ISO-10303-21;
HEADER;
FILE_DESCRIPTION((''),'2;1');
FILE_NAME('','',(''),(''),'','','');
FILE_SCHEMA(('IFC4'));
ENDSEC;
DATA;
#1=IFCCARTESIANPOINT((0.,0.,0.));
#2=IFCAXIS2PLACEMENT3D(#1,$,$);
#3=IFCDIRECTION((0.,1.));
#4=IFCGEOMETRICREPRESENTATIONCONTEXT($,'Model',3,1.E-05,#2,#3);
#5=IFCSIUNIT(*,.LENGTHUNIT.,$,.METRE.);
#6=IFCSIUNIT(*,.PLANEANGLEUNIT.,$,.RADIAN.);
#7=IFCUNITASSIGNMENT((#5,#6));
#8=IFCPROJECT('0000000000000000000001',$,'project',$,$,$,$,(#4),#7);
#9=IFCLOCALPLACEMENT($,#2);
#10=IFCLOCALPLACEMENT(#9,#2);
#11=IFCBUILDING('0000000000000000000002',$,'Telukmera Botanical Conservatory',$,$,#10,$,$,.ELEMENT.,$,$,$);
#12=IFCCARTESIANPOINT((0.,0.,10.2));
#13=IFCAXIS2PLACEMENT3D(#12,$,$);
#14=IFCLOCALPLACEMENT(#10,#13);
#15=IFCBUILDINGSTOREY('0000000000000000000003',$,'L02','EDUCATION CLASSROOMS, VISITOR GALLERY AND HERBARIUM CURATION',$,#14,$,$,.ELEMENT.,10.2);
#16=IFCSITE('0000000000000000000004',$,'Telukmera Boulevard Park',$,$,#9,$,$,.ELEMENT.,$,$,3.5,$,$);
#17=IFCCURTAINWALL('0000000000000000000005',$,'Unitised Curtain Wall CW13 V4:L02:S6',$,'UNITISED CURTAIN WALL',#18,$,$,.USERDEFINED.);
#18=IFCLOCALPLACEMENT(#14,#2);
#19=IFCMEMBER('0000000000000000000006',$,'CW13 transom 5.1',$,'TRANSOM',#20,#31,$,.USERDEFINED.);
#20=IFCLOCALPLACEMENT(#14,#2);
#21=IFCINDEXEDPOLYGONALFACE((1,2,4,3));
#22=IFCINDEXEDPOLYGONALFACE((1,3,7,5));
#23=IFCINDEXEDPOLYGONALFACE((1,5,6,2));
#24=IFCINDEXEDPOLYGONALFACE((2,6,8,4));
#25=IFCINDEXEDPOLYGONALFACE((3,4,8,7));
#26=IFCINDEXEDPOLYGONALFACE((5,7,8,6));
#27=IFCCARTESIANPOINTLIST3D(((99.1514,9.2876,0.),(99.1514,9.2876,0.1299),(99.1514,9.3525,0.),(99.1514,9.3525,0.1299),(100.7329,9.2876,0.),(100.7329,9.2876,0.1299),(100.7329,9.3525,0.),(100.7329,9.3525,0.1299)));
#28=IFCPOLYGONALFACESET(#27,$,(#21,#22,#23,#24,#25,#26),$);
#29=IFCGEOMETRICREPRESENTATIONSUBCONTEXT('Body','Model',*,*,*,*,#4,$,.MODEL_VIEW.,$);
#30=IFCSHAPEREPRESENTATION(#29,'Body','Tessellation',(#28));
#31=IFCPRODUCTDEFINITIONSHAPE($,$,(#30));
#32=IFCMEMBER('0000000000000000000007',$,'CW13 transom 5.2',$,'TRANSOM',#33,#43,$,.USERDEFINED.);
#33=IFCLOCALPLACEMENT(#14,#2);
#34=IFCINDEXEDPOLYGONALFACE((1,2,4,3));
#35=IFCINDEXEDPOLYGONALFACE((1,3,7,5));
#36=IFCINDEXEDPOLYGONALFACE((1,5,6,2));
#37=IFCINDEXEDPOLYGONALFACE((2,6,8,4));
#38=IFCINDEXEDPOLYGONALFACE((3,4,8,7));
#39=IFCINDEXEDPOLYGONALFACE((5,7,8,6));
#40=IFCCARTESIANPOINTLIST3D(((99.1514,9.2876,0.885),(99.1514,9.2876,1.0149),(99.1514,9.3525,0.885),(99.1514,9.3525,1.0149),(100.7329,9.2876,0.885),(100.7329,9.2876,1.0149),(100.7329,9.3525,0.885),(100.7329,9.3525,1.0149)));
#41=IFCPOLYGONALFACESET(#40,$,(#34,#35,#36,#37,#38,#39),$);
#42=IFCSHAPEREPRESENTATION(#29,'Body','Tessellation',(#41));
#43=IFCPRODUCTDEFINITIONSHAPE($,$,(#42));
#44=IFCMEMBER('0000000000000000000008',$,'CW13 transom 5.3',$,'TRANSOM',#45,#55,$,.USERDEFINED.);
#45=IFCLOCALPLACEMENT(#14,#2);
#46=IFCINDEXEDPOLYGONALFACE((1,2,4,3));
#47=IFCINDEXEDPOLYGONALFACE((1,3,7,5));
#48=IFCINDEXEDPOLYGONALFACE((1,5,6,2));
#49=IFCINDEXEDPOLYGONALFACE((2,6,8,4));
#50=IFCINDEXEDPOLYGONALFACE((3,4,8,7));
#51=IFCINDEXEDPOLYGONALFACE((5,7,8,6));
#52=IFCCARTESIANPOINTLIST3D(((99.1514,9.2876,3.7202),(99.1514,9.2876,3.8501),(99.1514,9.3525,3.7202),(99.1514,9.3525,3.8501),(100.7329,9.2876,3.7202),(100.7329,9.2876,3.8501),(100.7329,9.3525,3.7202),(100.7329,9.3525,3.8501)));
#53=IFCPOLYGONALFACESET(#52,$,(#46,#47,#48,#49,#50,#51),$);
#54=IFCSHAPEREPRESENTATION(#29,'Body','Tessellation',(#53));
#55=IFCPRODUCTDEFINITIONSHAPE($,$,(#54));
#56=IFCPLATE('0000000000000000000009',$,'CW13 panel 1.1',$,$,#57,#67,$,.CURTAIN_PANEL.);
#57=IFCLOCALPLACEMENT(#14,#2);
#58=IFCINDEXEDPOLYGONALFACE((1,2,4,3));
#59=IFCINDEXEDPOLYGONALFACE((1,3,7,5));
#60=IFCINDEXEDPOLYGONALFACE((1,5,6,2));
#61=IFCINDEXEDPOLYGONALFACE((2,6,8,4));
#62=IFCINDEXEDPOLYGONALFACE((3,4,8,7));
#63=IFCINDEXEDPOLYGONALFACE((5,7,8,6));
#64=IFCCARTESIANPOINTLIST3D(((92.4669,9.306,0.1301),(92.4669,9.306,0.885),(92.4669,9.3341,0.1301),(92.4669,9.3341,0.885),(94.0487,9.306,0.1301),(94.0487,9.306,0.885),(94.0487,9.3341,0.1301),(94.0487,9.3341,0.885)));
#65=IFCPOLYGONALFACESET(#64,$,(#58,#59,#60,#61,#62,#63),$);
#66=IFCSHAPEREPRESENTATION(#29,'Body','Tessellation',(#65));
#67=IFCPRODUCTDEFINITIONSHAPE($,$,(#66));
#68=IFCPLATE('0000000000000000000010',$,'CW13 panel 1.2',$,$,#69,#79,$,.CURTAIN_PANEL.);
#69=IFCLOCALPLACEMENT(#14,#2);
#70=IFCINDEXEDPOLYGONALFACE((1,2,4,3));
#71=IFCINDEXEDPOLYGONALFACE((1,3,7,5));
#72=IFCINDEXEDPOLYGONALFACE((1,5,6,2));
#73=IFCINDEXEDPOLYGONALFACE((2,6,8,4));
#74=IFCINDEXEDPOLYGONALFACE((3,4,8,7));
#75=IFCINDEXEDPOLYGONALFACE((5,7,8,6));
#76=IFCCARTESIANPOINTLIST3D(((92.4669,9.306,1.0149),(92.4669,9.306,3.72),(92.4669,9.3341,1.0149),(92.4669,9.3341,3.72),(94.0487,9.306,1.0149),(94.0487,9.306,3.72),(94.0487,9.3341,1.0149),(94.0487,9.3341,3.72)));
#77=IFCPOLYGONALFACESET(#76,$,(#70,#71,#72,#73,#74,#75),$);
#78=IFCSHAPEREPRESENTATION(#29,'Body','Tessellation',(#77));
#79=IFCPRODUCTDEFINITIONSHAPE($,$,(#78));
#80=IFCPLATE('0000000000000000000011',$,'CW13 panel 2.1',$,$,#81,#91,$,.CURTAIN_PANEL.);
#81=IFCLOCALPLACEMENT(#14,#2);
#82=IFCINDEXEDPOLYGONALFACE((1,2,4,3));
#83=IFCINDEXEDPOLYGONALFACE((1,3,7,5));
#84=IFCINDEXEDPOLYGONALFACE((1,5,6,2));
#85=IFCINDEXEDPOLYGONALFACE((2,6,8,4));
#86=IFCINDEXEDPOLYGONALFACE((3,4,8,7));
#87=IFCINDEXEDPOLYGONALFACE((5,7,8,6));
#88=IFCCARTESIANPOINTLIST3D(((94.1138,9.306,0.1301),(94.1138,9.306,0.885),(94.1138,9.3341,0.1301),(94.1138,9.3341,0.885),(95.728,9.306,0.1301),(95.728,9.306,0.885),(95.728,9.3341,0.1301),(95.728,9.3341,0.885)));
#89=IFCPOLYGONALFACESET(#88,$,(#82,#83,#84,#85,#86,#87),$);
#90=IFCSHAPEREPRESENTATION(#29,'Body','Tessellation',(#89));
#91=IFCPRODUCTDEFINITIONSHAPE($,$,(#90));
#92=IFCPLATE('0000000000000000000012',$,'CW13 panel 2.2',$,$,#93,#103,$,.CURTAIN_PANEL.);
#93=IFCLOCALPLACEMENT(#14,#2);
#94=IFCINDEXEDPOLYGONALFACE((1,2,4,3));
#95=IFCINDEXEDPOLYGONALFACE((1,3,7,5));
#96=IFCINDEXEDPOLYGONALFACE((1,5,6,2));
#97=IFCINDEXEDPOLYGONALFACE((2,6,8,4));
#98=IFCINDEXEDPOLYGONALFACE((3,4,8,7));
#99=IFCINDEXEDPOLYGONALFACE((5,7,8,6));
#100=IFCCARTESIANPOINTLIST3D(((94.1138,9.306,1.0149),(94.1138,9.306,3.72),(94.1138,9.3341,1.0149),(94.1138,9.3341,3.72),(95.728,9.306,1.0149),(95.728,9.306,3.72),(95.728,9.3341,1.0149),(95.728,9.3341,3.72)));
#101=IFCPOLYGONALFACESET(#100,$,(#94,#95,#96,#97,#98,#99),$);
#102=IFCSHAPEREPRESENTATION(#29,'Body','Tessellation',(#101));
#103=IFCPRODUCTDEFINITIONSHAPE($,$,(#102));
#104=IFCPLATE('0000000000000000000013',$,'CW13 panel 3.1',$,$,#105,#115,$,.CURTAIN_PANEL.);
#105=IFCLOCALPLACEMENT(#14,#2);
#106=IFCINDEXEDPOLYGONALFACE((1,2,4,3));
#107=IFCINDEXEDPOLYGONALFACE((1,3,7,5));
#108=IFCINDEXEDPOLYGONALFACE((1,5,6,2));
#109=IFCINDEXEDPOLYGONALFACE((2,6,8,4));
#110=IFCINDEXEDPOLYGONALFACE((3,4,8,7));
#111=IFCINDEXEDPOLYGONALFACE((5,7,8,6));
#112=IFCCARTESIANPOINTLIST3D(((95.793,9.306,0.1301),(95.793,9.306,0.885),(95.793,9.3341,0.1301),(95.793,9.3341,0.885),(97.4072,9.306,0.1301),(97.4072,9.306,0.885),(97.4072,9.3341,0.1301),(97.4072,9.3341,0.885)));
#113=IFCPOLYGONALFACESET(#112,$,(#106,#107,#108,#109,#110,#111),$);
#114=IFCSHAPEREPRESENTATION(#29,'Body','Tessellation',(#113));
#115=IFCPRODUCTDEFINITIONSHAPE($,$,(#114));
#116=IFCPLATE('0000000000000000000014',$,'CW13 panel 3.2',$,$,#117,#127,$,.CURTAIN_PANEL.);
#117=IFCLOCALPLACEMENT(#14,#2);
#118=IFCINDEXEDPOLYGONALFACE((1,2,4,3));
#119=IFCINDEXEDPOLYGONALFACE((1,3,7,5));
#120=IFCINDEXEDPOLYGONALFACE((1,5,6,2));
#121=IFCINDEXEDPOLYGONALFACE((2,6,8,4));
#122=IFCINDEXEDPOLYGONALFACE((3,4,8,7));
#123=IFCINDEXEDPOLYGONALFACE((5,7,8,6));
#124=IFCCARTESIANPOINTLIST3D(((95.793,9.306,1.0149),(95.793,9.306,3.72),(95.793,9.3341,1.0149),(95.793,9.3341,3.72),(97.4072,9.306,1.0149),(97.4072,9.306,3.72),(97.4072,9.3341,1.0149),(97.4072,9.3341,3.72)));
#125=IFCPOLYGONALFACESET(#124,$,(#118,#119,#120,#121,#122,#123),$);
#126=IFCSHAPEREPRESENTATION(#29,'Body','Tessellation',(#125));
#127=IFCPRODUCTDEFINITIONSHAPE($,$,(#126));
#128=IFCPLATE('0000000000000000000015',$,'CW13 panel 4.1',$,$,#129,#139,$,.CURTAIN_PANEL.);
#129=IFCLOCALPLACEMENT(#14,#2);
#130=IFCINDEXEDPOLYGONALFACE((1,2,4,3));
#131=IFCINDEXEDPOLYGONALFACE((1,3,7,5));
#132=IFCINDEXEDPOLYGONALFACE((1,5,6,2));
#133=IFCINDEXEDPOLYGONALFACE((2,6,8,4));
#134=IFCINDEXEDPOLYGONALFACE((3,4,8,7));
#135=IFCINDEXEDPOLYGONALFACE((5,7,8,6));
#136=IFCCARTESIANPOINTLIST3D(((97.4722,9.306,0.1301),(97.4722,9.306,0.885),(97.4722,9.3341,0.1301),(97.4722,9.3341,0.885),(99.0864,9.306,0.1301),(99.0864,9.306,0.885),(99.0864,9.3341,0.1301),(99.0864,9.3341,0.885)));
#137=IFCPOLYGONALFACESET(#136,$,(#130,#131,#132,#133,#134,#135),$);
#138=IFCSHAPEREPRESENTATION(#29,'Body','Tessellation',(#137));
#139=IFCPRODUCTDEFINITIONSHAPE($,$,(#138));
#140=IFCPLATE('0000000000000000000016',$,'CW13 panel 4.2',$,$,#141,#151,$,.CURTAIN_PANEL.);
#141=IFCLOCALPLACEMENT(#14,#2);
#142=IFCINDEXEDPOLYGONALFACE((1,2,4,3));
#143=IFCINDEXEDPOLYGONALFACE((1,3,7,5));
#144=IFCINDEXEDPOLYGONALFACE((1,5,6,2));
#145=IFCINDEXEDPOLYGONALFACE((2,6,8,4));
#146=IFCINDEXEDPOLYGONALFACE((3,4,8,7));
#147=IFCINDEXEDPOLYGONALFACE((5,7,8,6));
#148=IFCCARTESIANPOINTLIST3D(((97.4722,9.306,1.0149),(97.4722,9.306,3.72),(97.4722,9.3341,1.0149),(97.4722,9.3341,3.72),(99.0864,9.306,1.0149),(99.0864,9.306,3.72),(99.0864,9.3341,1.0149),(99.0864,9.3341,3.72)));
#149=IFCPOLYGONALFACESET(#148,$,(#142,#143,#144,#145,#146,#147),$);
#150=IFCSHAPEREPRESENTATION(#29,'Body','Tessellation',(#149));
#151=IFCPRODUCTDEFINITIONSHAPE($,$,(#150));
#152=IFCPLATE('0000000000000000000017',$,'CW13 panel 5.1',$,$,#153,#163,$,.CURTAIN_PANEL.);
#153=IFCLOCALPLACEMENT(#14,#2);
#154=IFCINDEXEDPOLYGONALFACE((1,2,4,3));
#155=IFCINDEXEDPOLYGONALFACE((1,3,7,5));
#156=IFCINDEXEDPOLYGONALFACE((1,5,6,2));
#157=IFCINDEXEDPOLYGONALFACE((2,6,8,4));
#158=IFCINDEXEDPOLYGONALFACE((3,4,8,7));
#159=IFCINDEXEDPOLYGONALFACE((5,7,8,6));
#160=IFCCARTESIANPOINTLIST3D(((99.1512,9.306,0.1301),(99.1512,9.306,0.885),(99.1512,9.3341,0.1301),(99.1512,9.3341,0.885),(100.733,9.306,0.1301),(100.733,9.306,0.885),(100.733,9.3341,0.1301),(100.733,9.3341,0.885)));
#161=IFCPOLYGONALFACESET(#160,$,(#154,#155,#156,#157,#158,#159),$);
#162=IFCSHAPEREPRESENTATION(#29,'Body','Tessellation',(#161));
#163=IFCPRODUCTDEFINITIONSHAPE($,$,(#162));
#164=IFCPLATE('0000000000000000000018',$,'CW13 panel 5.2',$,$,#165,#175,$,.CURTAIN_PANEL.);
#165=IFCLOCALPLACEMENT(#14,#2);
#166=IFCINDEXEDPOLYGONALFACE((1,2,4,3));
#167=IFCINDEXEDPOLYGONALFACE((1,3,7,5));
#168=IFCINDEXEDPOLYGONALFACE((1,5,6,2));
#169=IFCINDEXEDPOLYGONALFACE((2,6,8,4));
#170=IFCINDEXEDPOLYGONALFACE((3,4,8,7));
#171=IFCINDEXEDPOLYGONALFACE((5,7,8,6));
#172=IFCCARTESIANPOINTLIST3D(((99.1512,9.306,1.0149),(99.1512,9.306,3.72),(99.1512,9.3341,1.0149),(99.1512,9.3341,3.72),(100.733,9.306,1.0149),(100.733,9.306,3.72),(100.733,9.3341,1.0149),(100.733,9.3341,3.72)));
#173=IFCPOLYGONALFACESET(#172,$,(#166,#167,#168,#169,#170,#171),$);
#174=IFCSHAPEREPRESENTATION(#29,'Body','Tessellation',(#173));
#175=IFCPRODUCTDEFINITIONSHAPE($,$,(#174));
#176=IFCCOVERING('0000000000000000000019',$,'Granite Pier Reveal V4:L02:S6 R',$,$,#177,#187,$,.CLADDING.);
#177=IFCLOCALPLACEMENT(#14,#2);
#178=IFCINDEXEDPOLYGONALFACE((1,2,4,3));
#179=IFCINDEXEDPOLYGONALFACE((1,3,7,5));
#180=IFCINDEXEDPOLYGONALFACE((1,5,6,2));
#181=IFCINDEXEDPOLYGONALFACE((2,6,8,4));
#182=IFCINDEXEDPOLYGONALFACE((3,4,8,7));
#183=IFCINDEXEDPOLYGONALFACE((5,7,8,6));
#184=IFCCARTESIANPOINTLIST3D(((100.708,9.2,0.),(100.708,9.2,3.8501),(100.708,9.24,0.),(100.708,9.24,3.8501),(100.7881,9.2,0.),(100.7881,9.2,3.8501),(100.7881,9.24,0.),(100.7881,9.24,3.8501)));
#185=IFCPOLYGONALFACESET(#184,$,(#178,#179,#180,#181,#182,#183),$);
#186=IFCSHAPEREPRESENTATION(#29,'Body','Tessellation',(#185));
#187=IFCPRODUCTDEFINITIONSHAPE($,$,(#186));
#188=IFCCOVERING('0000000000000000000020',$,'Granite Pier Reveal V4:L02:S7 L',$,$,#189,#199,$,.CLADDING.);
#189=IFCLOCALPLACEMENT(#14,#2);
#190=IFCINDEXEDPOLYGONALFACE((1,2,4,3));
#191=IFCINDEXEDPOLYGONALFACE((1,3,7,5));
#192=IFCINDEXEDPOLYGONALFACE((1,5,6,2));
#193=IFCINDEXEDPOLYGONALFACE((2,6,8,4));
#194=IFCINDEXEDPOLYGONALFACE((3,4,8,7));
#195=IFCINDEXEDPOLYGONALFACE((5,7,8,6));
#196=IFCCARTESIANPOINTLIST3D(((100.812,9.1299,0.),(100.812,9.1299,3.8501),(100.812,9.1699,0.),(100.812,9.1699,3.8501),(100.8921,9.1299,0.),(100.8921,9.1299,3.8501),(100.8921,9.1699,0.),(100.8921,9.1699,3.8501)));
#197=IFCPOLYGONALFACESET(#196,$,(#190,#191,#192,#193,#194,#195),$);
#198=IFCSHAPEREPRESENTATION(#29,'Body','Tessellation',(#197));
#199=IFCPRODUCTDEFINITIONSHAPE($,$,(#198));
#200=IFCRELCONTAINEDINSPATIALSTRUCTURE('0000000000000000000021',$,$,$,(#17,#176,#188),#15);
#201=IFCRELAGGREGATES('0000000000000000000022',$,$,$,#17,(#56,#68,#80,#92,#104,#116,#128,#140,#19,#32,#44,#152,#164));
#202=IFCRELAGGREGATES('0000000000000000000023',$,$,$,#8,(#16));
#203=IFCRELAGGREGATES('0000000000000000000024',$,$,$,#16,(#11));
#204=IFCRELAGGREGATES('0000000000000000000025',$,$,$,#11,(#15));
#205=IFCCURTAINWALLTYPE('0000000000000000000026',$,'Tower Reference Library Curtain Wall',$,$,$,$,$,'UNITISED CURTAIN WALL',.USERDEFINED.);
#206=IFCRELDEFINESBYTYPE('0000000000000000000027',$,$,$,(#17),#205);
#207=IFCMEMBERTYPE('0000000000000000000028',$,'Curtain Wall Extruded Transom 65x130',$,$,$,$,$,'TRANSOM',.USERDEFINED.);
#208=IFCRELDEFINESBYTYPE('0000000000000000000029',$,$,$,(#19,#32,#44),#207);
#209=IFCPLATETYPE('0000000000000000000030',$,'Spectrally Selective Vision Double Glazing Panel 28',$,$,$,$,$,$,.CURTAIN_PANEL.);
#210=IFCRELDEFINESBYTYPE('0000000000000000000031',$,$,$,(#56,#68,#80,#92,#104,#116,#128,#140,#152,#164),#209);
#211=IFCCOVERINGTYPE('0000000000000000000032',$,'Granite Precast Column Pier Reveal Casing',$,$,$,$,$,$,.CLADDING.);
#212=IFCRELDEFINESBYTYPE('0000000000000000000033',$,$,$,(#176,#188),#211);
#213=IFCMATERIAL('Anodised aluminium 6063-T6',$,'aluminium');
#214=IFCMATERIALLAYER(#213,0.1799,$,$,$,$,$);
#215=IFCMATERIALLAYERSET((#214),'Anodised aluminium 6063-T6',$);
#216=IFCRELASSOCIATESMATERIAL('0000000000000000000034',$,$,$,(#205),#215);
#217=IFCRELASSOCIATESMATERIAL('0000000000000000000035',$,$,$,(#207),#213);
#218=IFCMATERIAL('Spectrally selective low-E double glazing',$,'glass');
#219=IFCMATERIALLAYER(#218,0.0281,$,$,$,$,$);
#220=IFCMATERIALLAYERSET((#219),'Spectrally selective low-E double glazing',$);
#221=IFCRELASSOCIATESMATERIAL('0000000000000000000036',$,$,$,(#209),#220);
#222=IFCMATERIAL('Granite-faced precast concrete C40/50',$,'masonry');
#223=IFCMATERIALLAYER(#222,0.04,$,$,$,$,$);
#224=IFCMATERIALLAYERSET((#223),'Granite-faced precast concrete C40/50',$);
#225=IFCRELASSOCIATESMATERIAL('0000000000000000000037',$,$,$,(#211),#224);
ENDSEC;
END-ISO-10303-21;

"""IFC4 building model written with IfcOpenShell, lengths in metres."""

from ifc_helpers import new_model, si_unit, direction, frame, origin, origin_2d, place, context, subcontext, project, spatial, rectangle, extrude, material, layer, layer_set, material_profile, profile_set, type_object, element, aggregate, save


model = new_model("IFC4")

# Units and contexts
model_context = context("Model", 3, precision=1e-05, world=origin(), true_north=direction((0.0, 1.0)))
body_context = subcontext(model_context, "Body", "Model", "MODEL_VIEW")
ifc_project = project(units=[si_unit("LENGTHUNIT", "METRE"), si_unit("PLANEANGLEUNIT", "RADIAN")], contexts=[model_context])

# Site, building, storey
site_placement = place(None, origin())
site = spatial("IfcSite", under=ifc_project, at=site_placement, Name="Telukmera Boulevard Park", CompositionType="ELEMENT", RefElevation=3.5)
building_placement = place(site_placement, origin())
building = spatial("IfcBuilding", under=site, at=building_placement, Name="Telukmera Botanical Conservatory", CompositionType="ELEMENT")
storey_placement = place(building_placement, frame((0.0, 0.0, 10.2)))
storey = spatial("IfcBuildingStorey", under=building, at=storey_placement, Name="L02", Description="EDUCATION CLASSROOMS, VISITOR GALLERY AND HERBARIUM CURATION", CompositionType="ELEMENT", Elevation=10.2)

# Curtain wall, members, plates
ifc_material_1 = material(Name="Anodised aluminium 6063-T6", Category="aluminium")
ifc_layer_1 = layer(ifc_material_1, 0.1799)
ifc_layer_set_1 = layer_set([ifc_layer_1], Name="Anodised aluminium 6063-T6")
curtain_wall_type = type_object("IfcCurtainWallType", Name="Tower Reference Library Curtain Wall", ElementType="UNITISED CURTAIN WALL", PredefinedType="USERDEFINED", material=ifc_layer_set_1)
curtain_wall_placement = place(storey_placement, origin())
curtain_wall = element("IfcCurtainWall", 1, at=curtain_wall_placement, inside=storey, type_object=curtain_wall_type, Name="Unitised Curtain Wall CW13 V4:L02:S6", ObjectType="UNITISED CURTAIN WALL", PredefinedType="USERDEFINED")
ifc_material_profile_1 = material_profile(ifc_material_1, rectangle(XDim=0.0649, YDim=0.1299, at=origin_2d()), Name="ALU TRAN 65x130")
ifc_profile_set_1 = profile_set([ifc_material_profile_1], Name="Anodised aluminium 6063-T6")
member_type_1 = type_object("IfcMemberType", Name="Curtain Wall Extruded Transom 65x130", ElementType="TRANSOM", PredefinedType="USERDEFINED", material=ifc_profile_set_1)
member_1_placement = place(storey_placement, frame((99.1514, 9.3201, 0.0649), z_axis=(1.0, 0.0, 0.0), x_axis=(0.0, 1.0, 0.0)))
member_1 = element("IfcMember", 2, at=member_1_placement, type_object=member_type_1, Name="CW13 transom 5.1", ObjectType="TRANSOM", PredefinedType="USERDEFINED", context=body_context, shape_type="SweptSolid", body=[
    extrude(rectangle(XDim=0.0649, YDim=0.1299, at=origin_2d()), origin(), (0.0, 0.0, 1.0), 1.5815),
])
member_2_placement = place(storey_placement, frame((99.1514, 9.3201, 0.95), z_axis=(1.0, 0.0, 0.0), x_axis=(0.0, 1.0, 0.0)))
member_2 = element("IfcMember", 3, at=member_2_placement, type_object=member_type_1, Name="CW13 transom 5.2", ObjectType="TRANSOM", PredefinedType="USERDEFINED", context=body_context, shape_type="SweptSolid", body=[
    extrude(rectangle(XDim=0.0649, YDim=0.1299, at=origin_2d()), origin(), (0.0, 0.0, 1.0), 1.5815),
])
member_3_placement = place(storey_placement, frame((99.1514, 9.3201, 3.7852), z_axis=(1.0, 0.0, 0.0), x_axis=(0.0, 1.0, 0.0)))
member_3 = element("IfcMember", 4, at=member_3_placement, type_object=member_type_1, Name="CW13 transom 5.3", ObjectType="TRANSOM", PredefinedType="USERDEFINED", context=body_context, shape_type="SweptSolid", body=[
    extrude(rectangle(XDim=0.0649, YDim=0.1299, at=origin_2d()), origin(), (0.0, 0.0, 1.0), 1.5815),
])
ifc_material_2 = material(Name="Spectrally selective low-E double glazing", Category="glass")
ifc_layer_2 = layer(ifc_material_2, 0.0281)
ifc_layer_set_2 = layer_set([ifc_layer_2], Name="Spectrally selective low-E double glazing")
plate_type = type_object("IfcPlateType", Name="Spectrally Selective Vision Double Glazing Panel 28", PredefinedType="CURTAIN_PANEL", material=ifc_layer_set_2)
plate_1_placement = place(storey_placement, frame((93.2578, 9.3201, 0.1301), z_axis=(0.0, 0.0, 1.0), x_axis=(1.0, 0.0, 0.0)))
plate_1 = element("IfcPlate", 5, at=plate_1_placement, type_object=plate_type, Name="CW13 panel 1.1", PredefinedType="CURTAIN_PANEL", context=body_context, shape_type="SweptSolid", body=[
    extrude(rectangle(XDim=1.5818, YDim=0.0281, at=origin_2d()), origin(), (0.0, 0.0, 1.0), 0.7549),
])
plate_2_placement = place(storey_placement, frame((93.2578, 9.3201, 1.0149), z_axis=(0.0, 0.0, 1.0), x_axis=(1.0, 0.0, 0.0)))
plate_2 = element("IfcPlate", 6, at=plate_2_placement, type_object=plate_type, Name="CW13 panel 1.2", PredefinedType="CURTAIN_PANEL", context=body_context, shape_type="SweptSolid", body=[
    extrude(rectangle(XDim=1.5818, YDim=0.0281, at=origin_2d()), origin(), (0.0, 0.0, 1.0), 2.7051),
])
plate_3_placement = place(storey_placement, frame((94.9209, 9.3201, 0.1301), z_axis=(0.0, 0.0, 1.0), x_axis=(1.0, 0.0, 0.0)))
plate_3 = element("IfcPlate", 7, at=plate_3_placement, type_object=plate_type, Name="CW13 panel 2.1", PredefinedType="CURTAIN_PANEL", context=body_context, shape_type="SweptSolid", body=[
    extrude(rectangle(XDim=1.6143, YDim=0.0281, at=origin_2d()), origin(), (0.0, 0.0, 1.0), 0.7549),
])
plate_4_placement = place(storey_placement, frame((94.9209, 9.3201, 1.0149), z_axis=(0.0, 0.0, 1.0), x_axis=(1.0, 0.0, 0.0)))
plate_4 = element("IfcPlate", 8, at=plate_4_placement, type_object=plate_type, Name="CW13 panel 2.2", PredefinedType="CURTAIN_PANEL", context=body_context, shape_type="SweptSolid", body=[
    extrude(rectangle(XDim=1.6143, YDim=0.0281, at=origin_2d()), origin(), (0.0, 0.0, 1.0), 2.7051),
])
plate_5_placement = place(storey_placement, frame((96.6001, 9.3201, 0.1301), z_axis=(0.0, 0.0, 1.0), x_axis=(1.0, 0.0, 0.0)))
plate_5 = element("IfcPlate", 9, at=plate_5_placement, type_object=plate_type, Name="CW13 panel 3.1", PredefinedType="CURTAIN_PANEL", context=body_context, shape_type="SweptSolid", body=[
    extrude(rectangle(XDim=1.6143, YDim=0.0281, at=origin_2d()), origin(), (0.0, 0.0, 1.0), 0.7549),
])
plate_6_placement = place(storey_placement, frame((96.6001, 9.3201, 1.0149), z_axis=(0.0, 0.0, 1.0), x_axis=(1.0, 0.0, 0.0)))
plate_6 = element("IfcPlate", 10, at=plate_6_placement, type_object=plate_type, Name="CW13 panel 3.2", PredefinedType="CURTAIN_PANEL", context=body_context, shape_type="SweptSolid", body=[
    extrude(rectangle(XDim=1.6143, YDim=0.0281, at=origin_2d()), origin(), (0.0, 0.0, 1.0), 2.7051),
])
plate_7_placement = place(storey_placement, frame((98.2793, 9.3201, 0.1301), z_axis=(0.0, 0.0, 1.0), x_axis=(1.0, 0.0, 0.0)))
plate_7 = element("IfcPlate", 11, at=plate_7_placement, type_object=plate_type, Name="CW13 panel 4.1", PredefinedType="CURTAIN_PANEL", context=body_context, shape_type="SweptSolid", body=[
    extrude(rectangle(XDim=1.6143, YDim=0.0281, at=origin_2d()), origin(), (0.0, 0.0, 1.0), 0.7549),
])
plate_8_placement = place(storey_placement, frame((98.2793, 9.3201, 1.0149), z_axis=(0.0, 0.0, 1.0), x_axis=(1.0, 0.0, 0.0)))
plate_8 = element("IfcPlate", 12, at=plate_8_placement, type_object=plate_type, Name="CW13 panel 4.2", PredefinedType="CURTAIN_PANEL", context=body_context, shape_type="SweptSolid", body=[
    extrude(rectangle(XDim=1.6143, YDim=0.0281, at=origin_2d()), origin(), (0.0, 0.0, 1.0), 2.7051),
])
plate_9_placement = place(storey_placement, frame((99.9421, 9.3201, 0.1301), z_axis=(0.0, 0.0, 1.0), x_axis=(1.0, 0.0, 0.0)))
plate_9 = element("IfcPlate", 13, at=plate_9_placement, type_object=plate_type, Name="CW13 panel 5.1", PredefinedType="CURTAIN_PANEL", context=body_context, shape_type="SweptSolid", body=[
    extrude(rectangle(XDim=1.5818, YDim=0.0281, at=origin_2d()), origin(), (0.0, 0.0, 1.0), 0.7549),
])
plate_10_placement = place(storey_placement, frame((99.9421, 9.3201, 1.0149), z_axis=(0.0, 0.0, 1.0), x_axis=(1.0, 0.0, 0.0)))
plate_10 = element("IfcPlate", 14, at=plate_10_placement, type_object=plate_type, Name="CW13 panel 5.2", PredefinedType="CURTAIN_PANEL", context=body_context, shape_type="SweptSolid", body=[
    extrude(rectangle(XDim=1.5818, YDim=0.0281, at=origin_2d()), origin(), (0.0, 0.0, 1.0), 2.7051),
])
aggregate(curtain_wall, [plate_1, plate_2, plate_3, plate_4, plate_5, plate_6, plate_7, plate_8, member_1, member_2, member_3, plate_9, plate_10])

# Coverings
ifc_material_3 = material(Name="Granite-faced precast concrete C40/50", Category="masonry")
ifc_layer_3 = layer(ifc_material_3, 0.04)
ifc_layer_set_3 = layer_set([ifc_layer_3], Name="Granite-faced precast concrete C40/50")
covering_type_1 = type_object("IfcCoveringType", Name="Granite Precast Column Pier Reveal Casing", PredefinedType="CLADDING", material=ifc_layer_set_3)
for number, where, z_axis, x_axis, name in (
    (15, (100.748, 9.22, 0.0), (0.0, 0.0, 1.0), (1.0, 0.0, 0.0), "Granite Pier Reveal V4:L02:S6 R"),
    (16, (100.8521, 9.1499, 0.0), (0.0, 0.0, 1.0), (1.0, 0.0, 0.0), "Granite Pier Reveal V4:L02:S7 L"),
):
    element("IfcCovering", number, at=place(storey_placement, frame(where, z_axis=z_axis, x_axis=x_axis)), inside=storey, type_object=covering_type_1, Name=name, PredefinedType="CLADDING", context=body_context, shape_type="SweptSolid", body=[
        extrude(rectangle(XDim=0.0801, YDim=0.04, at=origin_2d()), origin(), (0.0, 0.0, 1.0), 3.8501),
    ])

save(model, "model.ifc")
